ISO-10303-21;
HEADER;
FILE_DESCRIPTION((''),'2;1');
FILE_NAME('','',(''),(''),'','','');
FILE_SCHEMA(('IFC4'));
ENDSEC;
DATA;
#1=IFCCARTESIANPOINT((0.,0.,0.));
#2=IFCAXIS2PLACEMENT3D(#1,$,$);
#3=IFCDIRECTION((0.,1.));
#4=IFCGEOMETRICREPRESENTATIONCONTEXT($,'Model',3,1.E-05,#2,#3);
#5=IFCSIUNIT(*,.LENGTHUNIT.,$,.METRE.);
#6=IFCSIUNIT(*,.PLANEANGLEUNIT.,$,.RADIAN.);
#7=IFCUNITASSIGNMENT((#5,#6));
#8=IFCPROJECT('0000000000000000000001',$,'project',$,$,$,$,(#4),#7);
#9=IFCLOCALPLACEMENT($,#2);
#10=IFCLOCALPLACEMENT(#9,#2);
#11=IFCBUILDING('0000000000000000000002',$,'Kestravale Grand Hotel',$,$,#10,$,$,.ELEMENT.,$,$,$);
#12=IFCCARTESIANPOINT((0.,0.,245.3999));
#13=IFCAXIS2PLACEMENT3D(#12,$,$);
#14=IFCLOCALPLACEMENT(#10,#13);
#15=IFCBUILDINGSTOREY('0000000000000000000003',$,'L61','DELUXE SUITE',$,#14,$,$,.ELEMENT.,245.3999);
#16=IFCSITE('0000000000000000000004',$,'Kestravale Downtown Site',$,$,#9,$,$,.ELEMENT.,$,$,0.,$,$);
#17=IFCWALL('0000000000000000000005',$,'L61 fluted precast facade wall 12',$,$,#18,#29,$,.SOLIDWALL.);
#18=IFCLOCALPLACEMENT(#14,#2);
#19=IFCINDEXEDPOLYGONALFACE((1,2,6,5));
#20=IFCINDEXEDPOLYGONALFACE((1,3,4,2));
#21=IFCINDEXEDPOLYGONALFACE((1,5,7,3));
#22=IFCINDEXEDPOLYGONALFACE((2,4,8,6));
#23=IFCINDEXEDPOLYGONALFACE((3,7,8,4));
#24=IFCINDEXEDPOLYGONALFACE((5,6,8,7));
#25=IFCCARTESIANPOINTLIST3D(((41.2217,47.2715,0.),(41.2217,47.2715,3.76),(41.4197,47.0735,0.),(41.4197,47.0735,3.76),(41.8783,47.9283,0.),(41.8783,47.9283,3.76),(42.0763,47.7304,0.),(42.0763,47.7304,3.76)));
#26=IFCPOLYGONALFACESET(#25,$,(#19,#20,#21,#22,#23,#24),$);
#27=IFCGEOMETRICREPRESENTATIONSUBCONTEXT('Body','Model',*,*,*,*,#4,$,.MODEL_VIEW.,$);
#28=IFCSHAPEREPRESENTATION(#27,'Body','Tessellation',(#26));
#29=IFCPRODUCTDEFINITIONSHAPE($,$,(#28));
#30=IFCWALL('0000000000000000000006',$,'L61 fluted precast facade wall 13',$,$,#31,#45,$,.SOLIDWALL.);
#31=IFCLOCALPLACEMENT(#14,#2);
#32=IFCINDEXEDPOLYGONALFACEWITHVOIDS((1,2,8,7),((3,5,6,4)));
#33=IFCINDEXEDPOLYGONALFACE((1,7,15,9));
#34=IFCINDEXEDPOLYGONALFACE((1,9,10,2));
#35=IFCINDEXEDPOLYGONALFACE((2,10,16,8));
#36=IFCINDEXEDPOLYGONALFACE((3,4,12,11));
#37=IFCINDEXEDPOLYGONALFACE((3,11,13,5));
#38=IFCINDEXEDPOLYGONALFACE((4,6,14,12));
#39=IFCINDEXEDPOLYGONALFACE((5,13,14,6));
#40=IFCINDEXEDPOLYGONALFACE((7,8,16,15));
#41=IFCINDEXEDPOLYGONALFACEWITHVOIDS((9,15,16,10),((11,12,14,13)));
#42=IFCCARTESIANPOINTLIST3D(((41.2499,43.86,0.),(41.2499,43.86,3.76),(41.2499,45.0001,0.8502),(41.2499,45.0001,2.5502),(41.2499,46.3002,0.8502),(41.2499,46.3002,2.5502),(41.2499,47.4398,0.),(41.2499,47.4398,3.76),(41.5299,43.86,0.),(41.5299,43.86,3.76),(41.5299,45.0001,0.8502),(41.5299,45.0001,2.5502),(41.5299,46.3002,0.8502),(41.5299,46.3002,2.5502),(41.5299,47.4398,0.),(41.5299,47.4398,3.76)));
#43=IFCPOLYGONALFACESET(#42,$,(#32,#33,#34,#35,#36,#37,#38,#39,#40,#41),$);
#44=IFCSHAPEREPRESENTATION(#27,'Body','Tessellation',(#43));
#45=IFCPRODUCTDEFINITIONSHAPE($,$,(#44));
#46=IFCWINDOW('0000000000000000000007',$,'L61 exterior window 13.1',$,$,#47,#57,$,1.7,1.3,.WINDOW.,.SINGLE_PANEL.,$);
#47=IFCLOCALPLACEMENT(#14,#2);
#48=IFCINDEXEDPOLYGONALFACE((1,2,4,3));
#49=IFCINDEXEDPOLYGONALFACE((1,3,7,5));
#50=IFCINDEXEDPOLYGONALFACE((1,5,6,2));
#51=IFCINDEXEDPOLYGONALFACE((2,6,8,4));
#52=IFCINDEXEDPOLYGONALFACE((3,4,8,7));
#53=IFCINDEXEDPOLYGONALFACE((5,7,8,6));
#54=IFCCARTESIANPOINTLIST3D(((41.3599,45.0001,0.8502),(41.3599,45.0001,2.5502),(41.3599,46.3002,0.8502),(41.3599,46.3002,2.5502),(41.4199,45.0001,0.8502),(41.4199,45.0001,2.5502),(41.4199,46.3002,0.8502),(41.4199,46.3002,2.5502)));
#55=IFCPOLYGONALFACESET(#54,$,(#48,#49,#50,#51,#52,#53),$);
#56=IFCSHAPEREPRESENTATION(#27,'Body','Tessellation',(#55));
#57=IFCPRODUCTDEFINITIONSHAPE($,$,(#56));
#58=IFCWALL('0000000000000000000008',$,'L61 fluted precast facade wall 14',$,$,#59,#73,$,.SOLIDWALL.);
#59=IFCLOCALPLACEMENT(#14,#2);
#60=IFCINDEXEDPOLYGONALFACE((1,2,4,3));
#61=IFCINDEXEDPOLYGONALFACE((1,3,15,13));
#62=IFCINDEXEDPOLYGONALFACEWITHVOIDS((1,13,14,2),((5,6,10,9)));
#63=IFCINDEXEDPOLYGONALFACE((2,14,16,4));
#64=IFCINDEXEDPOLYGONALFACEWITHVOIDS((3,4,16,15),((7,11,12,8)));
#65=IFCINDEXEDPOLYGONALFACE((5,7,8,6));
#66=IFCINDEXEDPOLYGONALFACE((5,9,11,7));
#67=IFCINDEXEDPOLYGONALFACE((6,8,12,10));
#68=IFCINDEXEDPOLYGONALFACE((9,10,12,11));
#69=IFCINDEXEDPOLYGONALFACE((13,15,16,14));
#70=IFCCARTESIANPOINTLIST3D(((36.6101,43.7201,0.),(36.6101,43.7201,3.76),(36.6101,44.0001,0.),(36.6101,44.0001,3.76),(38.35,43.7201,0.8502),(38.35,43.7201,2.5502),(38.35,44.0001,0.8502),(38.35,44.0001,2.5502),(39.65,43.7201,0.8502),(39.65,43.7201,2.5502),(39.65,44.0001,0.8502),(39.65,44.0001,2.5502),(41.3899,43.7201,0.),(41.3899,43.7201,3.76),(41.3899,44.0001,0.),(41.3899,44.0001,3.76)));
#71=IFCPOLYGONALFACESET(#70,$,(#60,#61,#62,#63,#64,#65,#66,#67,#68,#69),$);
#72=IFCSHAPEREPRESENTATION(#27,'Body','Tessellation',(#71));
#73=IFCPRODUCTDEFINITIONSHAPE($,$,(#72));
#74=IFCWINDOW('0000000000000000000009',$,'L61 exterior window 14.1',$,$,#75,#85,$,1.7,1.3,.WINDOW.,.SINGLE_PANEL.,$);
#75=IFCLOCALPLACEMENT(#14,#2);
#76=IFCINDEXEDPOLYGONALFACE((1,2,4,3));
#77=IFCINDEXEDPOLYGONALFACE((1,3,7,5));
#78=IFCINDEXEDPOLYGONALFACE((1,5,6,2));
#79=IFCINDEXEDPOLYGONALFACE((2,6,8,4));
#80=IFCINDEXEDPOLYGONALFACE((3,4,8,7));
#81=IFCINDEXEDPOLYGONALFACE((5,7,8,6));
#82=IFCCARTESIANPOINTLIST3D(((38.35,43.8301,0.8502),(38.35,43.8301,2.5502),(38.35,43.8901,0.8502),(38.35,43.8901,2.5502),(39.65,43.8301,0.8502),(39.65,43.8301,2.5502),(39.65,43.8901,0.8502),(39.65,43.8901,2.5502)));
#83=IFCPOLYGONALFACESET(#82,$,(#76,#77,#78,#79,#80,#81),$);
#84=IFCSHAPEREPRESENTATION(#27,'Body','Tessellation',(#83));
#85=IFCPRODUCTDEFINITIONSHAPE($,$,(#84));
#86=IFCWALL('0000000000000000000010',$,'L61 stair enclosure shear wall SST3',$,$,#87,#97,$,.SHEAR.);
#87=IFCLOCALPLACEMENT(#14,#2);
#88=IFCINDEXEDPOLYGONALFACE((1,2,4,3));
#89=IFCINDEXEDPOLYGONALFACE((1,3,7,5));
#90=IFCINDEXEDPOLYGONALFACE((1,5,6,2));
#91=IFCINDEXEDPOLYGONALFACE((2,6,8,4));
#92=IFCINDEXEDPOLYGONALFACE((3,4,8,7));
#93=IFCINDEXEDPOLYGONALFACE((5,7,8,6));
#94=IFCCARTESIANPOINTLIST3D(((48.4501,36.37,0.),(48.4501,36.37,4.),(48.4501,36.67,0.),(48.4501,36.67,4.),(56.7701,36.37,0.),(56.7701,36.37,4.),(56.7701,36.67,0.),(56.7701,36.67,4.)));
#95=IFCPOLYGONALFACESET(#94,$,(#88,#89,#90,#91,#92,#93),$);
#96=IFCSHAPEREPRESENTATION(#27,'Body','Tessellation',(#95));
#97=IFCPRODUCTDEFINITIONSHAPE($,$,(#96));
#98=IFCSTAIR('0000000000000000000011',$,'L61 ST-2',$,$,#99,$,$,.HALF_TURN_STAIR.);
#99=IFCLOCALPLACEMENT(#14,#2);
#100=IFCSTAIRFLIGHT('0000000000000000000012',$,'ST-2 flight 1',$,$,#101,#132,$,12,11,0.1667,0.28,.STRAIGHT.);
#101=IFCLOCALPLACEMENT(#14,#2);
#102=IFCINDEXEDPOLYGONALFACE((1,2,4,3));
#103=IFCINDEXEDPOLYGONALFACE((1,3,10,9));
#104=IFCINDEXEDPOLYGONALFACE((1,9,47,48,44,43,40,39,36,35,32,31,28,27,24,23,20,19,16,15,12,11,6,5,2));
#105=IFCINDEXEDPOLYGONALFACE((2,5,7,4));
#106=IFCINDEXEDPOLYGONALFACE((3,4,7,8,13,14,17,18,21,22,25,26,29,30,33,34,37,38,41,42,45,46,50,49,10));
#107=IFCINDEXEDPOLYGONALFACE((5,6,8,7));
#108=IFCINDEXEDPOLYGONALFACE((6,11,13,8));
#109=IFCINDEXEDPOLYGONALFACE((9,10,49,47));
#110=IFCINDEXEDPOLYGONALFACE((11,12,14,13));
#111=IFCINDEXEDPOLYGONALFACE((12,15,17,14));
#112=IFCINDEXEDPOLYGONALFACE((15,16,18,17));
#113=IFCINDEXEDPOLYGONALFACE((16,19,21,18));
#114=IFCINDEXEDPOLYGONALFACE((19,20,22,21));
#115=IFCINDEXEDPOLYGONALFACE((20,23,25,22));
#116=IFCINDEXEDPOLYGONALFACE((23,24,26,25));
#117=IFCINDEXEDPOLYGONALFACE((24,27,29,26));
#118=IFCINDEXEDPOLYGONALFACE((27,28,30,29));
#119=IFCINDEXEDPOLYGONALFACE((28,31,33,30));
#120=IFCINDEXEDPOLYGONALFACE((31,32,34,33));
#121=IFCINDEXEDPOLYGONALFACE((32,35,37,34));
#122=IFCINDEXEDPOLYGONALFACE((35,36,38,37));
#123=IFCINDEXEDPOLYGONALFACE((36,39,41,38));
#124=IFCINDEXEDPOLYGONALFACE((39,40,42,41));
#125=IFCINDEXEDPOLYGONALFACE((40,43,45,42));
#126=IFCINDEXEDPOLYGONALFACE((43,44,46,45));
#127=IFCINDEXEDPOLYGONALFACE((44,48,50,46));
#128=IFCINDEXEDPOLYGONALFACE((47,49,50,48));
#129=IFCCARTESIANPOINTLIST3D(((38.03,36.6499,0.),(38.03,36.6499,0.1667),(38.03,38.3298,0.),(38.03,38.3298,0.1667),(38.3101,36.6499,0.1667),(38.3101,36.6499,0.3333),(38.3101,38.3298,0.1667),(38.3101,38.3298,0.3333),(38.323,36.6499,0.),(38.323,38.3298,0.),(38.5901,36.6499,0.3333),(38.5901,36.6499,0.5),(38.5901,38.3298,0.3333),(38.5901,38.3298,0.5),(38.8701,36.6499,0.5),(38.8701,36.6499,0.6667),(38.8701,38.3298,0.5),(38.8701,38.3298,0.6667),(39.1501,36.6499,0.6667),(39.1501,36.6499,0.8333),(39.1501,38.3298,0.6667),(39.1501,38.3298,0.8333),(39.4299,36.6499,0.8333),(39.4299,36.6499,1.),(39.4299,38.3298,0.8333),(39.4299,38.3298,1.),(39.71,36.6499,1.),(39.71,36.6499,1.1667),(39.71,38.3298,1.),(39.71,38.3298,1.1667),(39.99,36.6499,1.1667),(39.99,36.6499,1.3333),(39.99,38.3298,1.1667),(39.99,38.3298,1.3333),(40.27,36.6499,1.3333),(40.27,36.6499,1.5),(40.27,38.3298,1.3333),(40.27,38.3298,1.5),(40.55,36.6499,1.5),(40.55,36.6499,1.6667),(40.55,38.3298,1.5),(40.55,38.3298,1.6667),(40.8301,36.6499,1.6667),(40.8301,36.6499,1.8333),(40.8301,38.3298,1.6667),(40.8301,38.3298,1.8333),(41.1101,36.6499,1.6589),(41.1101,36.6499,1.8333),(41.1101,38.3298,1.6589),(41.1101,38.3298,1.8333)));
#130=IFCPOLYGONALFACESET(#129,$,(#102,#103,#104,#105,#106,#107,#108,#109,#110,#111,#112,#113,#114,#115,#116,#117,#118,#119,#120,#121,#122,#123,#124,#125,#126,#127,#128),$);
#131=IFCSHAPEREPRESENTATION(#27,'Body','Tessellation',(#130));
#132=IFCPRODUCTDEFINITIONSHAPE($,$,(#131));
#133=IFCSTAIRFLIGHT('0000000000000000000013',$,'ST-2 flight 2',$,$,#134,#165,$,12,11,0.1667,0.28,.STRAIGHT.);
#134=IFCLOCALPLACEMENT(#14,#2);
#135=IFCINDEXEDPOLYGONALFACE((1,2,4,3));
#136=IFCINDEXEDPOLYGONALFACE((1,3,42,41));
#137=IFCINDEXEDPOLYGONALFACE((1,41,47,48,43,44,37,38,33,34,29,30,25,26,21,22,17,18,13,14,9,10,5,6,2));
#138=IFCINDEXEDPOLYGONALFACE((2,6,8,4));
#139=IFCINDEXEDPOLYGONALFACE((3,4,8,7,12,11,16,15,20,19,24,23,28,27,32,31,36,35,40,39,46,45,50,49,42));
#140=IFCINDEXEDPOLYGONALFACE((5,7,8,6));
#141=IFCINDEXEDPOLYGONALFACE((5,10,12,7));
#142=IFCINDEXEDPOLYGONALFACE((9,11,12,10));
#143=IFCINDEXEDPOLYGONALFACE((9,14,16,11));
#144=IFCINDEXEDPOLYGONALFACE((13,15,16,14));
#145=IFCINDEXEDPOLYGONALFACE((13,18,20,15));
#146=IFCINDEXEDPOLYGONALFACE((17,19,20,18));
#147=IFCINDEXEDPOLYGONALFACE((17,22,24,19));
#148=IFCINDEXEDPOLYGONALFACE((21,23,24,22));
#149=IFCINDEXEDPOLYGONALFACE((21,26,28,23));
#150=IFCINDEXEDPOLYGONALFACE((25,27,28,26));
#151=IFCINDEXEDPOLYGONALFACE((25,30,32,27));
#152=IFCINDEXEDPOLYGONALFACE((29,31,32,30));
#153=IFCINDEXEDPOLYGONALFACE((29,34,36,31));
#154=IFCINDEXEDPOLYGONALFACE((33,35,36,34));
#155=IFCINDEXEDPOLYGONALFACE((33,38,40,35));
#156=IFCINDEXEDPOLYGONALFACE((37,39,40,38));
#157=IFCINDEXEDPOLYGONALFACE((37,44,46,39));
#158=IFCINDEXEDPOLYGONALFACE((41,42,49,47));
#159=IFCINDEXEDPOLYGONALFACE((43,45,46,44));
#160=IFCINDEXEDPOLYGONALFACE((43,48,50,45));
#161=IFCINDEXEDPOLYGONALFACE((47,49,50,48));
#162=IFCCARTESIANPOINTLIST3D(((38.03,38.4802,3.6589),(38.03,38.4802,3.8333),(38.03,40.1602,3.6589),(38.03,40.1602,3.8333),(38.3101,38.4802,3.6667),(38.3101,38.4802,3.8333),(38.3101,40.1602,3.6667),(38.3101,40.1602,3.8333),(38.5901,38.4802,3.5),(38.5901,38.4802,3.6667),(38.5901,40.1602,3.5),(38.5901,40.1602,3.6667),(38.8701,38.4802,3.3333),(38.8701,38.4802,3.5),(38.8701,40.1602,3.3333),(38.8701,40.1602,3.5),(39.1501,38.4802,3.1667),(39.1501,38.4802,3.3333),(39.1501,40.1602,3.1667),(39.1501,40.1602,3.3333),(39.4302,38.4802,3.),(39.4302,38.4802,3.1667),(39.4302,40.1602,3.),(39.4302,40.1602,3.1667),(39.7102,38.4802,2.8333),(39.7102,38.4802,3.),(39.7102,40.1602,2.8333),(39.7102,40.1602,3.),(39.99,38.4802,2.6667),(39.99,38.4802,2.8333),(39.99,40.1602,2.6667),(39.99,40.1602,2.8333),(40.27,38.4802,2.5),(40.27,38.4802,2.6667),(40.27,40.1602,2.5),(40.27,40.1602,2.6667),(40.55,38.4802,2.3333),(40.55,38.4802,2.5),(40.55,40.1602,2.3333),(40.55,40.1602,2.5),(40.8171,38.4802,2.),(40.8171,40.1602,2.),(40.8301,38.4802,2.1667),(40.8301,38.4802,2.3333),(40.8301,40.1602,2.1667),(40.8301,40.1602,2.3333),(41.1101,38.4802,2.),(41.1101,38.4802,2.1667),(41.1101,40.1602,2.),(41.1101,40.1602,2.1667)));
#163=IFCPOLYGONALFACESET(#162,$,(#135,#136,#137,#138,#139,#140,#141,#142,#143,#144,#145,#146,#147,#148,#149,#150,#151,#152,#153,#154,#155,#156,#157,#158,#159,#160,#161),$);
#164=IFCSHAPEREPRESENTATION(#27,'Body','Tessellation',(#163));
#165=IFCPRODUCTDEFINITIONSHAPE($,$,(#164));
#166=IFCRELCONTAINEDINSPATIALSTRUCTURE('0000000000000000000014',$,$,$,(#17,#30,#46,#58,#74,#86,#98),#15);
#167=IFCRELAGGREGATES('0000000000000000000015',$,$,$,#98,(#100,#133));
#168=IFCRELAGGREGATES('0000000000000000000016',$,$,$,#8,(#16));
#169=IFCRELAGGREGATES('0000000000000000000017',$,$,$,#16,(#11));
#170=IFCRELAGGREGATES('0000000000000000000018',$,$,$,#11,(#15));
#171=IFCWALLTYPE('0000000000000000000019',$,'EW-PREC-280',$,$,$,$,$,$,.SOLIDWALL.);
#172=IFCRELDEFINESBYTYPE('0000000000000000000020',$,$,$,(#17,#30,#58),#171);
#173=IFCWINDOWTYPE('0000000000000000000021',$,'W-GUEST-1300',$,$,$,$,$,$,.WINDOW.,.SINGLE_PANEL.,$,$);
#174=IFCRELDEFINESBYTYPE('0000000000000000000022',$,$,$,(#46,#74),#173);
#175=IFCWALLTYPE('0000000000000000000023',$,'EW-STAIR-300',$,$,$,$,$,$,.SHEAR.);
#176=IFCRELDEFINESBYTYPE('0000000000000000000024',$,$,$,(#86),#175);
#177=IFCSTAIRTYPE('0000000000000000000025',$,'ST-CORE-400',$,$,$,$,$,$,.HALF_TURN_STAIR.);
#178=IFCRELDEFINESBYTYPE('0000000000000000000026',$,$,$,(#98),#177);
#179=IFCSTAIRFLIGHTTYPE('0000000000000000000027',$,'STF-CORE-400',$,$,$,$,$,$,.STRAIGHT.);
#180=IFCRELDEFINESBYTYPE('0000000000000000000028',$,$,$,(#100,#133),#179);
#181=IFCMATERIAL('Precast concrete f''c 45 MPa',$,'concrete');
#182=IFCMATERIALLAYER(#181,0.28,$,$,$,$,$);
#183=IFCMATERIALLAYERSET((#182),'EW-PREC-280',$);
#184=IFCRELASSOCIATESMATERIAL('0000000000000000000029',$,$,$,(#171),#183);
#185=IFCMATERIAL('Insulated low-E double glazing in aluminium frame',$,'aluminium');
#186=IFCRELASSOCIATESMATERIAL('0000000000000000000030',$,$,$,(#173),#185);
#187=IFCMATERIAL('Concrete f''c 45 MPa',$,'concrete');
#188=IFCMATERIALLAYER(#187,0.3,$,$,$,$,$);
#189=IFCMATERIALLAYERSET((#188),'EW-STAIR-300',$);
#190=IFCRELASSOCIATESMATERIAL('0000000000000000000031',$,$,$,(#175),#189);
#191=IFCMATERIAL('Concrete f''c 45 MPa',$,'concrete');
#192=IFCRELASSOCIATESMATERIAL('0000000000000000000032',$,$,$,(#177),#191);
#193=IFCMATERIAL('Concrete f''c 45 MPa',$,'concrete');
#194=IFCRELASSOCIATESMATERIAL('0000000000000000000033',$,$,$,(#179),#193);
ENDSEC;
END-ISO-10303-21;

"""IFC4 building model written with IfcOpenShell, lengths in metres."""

from ifc_helpers import new_model, si_unit, direction, frame, frame_2d, origin, place, context, subcontext, project, spatial, polyline, rectangle, outline, extrude, material, layer, layer_set, type_object, element, fill, aggregate, save


model = new_model("IFC4")

# Units and contexts
model_context = context("Model", 3, precision=1e-05, world=origin(), true_north=direction((0.0, 1.0)))
body_context = subcontext(model_context, "Body", "Model", "MODEL_VIEW")
ifc_project = project(units=[si_unit("LENGTHUNIT", "METRE"), si_unit("PLANEANGLEUNIT", "RADIAN")], contexts=[model_context])

# Site, building, storey
site_placement = place(None, origin())
site = spatial("IfcSite", under=ifc_project, at=site_placement, Name="Kestravale Downtown Site", CompositionType="ELEMENT", RefElevation=0.0)
building_placement = place(site_placement, origin())
building = spatial("IfcBuilding", under=site, at=building_placement, Name="Kestravale Grand Hotel", CompositionType="ELEMENT")
storey_placement = place(building_placement, frame((0.0, 0.0, 245.3999)))
storey = spatial("IfcBuildingStorey", under=building, at=storey_placement, Name="L61", Description="DELUXE SUITE", CompositionType="ELEMENT", Elevation=245.3999)

# Wall
ifc_material_1 = material(Name="Precast concrete f'c 45 MPa", Category="concrete")
ifc_layer_1 = layer(ifc_material_1, 0.28)
ifc_layer_set_1 = layer_set([ifc_layer_1], Name="EW-PREC-280")
wall_type_1 = type_object("IfcWallType", Name="EW-PREC-280", PredefinedType="SOLIDWALL", material=ifc_layer_set_1)
wall_1_placement = place(storey_placement, frame((41.9773, 47.8293, 0.0), z_axis=(0.0, 0.0, 1.0), x_axis=(-0.706975, -0.707238, 0.0)))
element("IfcWall", 1, at=wall_1_placement, inside=storey, type_object=wall_type_1, Name="L61 fluted precast facade wall 12", PredefinedType="SOLIDWALL", context=body_context, shape_type="SweptSolid", body=[
    extrude(rectangle(XDim=0.9287, YDim=0.28, at=frame_2d((0.4644, 0.0))), origin(), (0.0, 0.0, 1.0), 3.76),
])

# Walls, openings, windows
wall_2_placement = place(storey_placement, frame((41.3899, 47.4399, 0.0), z_axis=(0.0, 0.0, 1.0), x_axis=(0.0, -1.0, 0.0)))
wall_2 = element("IfcWall", 2, at=wall_2_placement, inside=storey, type_object=wall_type_1, Name="L61 fluted precast facade wall 13", PredefinedType="SOLIDWALL", context=body_context, shape_type="SweptSolid", body=[
    extrude(rectangle(XDim=3.5798, YDim=0.28, at=frame_2d((1.79, 0.0))), origin(), (0.0, 0.0, 1.0), 3.76),
])
opening_1_placement = place(wall_2_placement, frame((1.1399, 0.0, 0.8501)))
opening_1 = element("IfcOpeningElement", 3, at=opening_1_placement, cuts=wall_2, PredefinedType="OPENING", context=body_context, shape_type="SweptSolid", body=[
    extrude(rectangle(XDim=1.3, YDim=1.7, at=frame_2d((0.6499, 0.8501))), frame((0.0, 0.1499, 0.0), z_axis=(0.0, -1.0, 0.0), x_axis=(1.0, 0.0, 0.0)), (0.0, 0.0, 1.0), 0.3),
])
ifc_material_2 = material(Name="Insulated low-E double glazing in aluminium frame", Category="aluminium")
window_type = type_object("IfcWindowType", Name="W-GUEST-1300", PartitioningType="SINGLE_PANEL", PredefinedType="WINDOW", material=ifc_material_2)
window_1_placement = place(opening_1_placement, origin())
window_1 = element("IfcWindow", 4, at=window_1_placement, inside=storey, type_object=window_type, Name="L61 exterior window 13.1", OverallHeight=1.7, OverallWidth=1.3, PartitioningType="SINGLE_PANEL", PredefinedType="WINDOW", context=body_context, shape_type="SweptSolid", body=[
    extrude(rectangle(XDim=1.3, YDim=1.7, at=frame_2d((0.6499, 0.8501))), frame((0.0, 0.03, 0.0), z_axis=(0.0, -1.0, 0.0), x_axis=(1.0, 0.0, 0.0)), (0.0, 0.0, 1.0), 0.0601),
])
fill(opening_1, window_1)
wall_3_placement = place(storey_placement, frame((41.3899, 43.8601, 0.0), z_axis=(0.0, 0.0, 1.0), x_axis=(-1.0, 0.0, 0.0)))
wall_3 = element("IfcWall", 5, at=wall_3_placement, inside=storey, type_object=wall_type_1, Name="L61 fluted precast facade wall 14", PredefinedType="SOLIDWALL", context=body_context, shape_type="SweptSolid", body=[
    extrude(rectangle(XDim=4.7798, YDim=0.28, at=frame_2d((2.3899, 0.0))), origin(), (0.0, 0.0, 1.0), 3.76),
])
opening_2_placement = place(wall_3_placement, frame((1.74, 0.0, 0.8501)))
opening_2 = element("IfcOpeningElement", 6, at=opening_2_placement, cuts=wall_3, PredefinedType="OPENING", context=body_context, shape_type="SweptSolid", body=[
    extrude(rectangle(XDim=1.3, YDim=1.7, at=frame_2d((0.6499, 0.8501))), frame((0.0, 0.1499, 0.0), z_axis=(0.0, -1.0, 0.0), x_axis=(1.0, 0.0, 0.0)), (0.0, 0.0, 1.0), 0.3),
])
window_2_placement = place(opening_2_placement, origin())
window_2 = element("IfcWindow", 7, at=window_2_placement, inside=storey, type_object=window_type, Name="L61 exterior window 14.1", OverallHeight=1.7, OverallWidth=1.3, PartitioningType="SINGLE_PANEL", PredefinedType="WINDOW", context=body_context, shape_type="SweptSolid", body=[
    extrude(rectangle(XDim=1.3, YDim=1.7, at=frame_2d((0.6499, 0.8501))), frame((0.0, 0.03, 0.0), z_axis=(0.0, -1.0, 0.0), x_axis=(1.0, 0.0, 0.0)), (0.0, 0.0, 1.0), 0.0601),
])
fill(opening_2, window_2)

# Wall
ifc_material_3 = material(Name="Concrete f'c 45 MPa", Category="concrete")
ifc_layer_2 = layer(ifc_material_3, 0.3)
ifc_layer_set_2 = layer_set([ifc_layer_2], Name="EW-STAIR-300")
wall_type_2 = type_object("IfcWallType", Name="EW-STAIR-300", PredefinedType="SHEAR", material=ifc_layer_set_2)
wall_4_placement = place(storey_placement, frame((48.45, 36.52, 0.0), z_axis=(0.0, 0.0, 1.0), x_axis=(1.0, 0.0, 0.0)))
element("IfcWall", 8, at=wall_4_placement, inside=storey, type_object=wall_type_2, Name="L61 stair enclosure shear wall SST3", PredefinedType="SHEAR", context=body_context, shape_type="SweptSolid", body=[
    extrude(rectangle(XDim=8.3201, YDim=0.3, at=frame_2d((4.1602, 0.0))), origin(), (0.0, 0.0, 1.0), 4.0),
])

# Stair, stair flights
ifc_material_4 = material(Name="Concrete f'c 45 MPa", Category="concrete")
stair_type = type_object("IfcStairType", Name="ST-CORE-400", PredefinedType="HALF_TURN_STAIR", material=ifc_material_4)
stair_placement = place(storey_placement, origin())
stair = element("IfcStair", 9, at=stair_placement, inside=storey, type_object=stair_type, Name="L61 ST-2", PredefinedType="HALF_TURN_STAIR")
ifc_material_5 = material(Name="Concrete f'c 45 MPa", Category="concrete")
stair_flight_type = type_object("IfcStairFlightType", Name="STF-CORE-400", PredefinedType="STRAIGHT", material=ifc_material_5)
stair_flight_1_placement = place(storey_placement, frame((38.03, 37.49, 0.0), z_axis=(0.0, 0.0, 1.0), x_axis=(1.0, 0.0, 0.0)))
stair_flight_1 = element("IfcStairFlight", 10, at=stair_flight_1_placement, type_object=stair_flight_type, Name="ST-2 flight 1", NumberOfRisers=12, NumberOfTreads=11, PredefinedType="STRAIGHT", RiserHeight=0.1667, TreadLength=0.28, context=body_context, shape_type="SweptSolid", body=[
    extrude(outline(polyline([(0.0, 0.0), (0.0, 0.1667), (0.28, 0.1667), (0.28, 0.3333), (0.5601, 0.3333), (0.5601, 0.5), (0.8401, 0.5), (0.8401, 0.6667), (1.1201, 0.6667), (1.1201, 0.8333), (1.3999, 0.8333), (1.3999, 1.0), (1.6799, 1.0), (1.6799, 1.1667), (1.96, 1.1667), (1.96, 1.3333), (2.24, 1.3333), (2.24, 1.5), (2.52, 1.5), (2.52, 1.6667), (2.8, 1.6667), (2.8, 1.8333), (3.0801, 1.8333), (3.0801, 2.0), (3.0801, 1.6589), (0.293, 0.0), (0.0, 0.0)])), frame((0.0, 0.8398, 0.0), z_axis=(0.0, -1.0, 0.0), x_axis=(1.0, 0.0, 0.0)), (0.0, 0.0, 1.0), 1.6799),
])
stair_flight_2_placement = place(storey_placement, frame((41.1101, 39.3201, 2.0), z_axis=(0.0, 0.0, 1.0), x_axis=(-1.0, 0.0, 0.0)))
stair_flight_2 = element("IfcStairFlight", 11, at=stair_flight_2_placement, type_object=stair_flight_type, Name="ST-2 flight 2", NumberOfRisers=12, NumberOfTreads=11, PredefinedType="STRAIGHT", RiserHeight=0.1667, TreadLength=0.28, context=body_context, shape_type="SweptSolid", body=[
    extrude(outline(polyline([(0.0, 0.0), (0.0, 0.1667), (0.28, 0.1667), (0.28, 0.3333), (0.5601, 0.3333), (0.5601, 0.5), (0.8401, 0.5), (0.8401, 0.6667), (1.1201, 0.6667), (1.1201, 0.8333), (1.3999, 0.8333), (1.3999, 1.0), (1.6799, 1.0), (1.6799, 1.1667), (1.96, 1.1667), (1.96, 1.3333), (2.24, 1.3333), (2.24, 1.5), (2.52, 1.5), (2.52, 1.6667), (2.8, 1.6667), (2.8, 1.8333), (3.0801, 1.8333), (3.0801, 2.0), (3.0801, 1.6589), (0.293, 0.0), (0.0, 0.0)])), frame((0.0, 0.8398, 0.0), z_axis=(0.0, -1.0, 0.0), x_axis=(1.0, 0.0, 0.0)), (0.0, 0.0, 1.0), 1.6799),
])
aggregate(stair, [stair_flight_1, stair_flight_2])

save(model, "model.ifc")
